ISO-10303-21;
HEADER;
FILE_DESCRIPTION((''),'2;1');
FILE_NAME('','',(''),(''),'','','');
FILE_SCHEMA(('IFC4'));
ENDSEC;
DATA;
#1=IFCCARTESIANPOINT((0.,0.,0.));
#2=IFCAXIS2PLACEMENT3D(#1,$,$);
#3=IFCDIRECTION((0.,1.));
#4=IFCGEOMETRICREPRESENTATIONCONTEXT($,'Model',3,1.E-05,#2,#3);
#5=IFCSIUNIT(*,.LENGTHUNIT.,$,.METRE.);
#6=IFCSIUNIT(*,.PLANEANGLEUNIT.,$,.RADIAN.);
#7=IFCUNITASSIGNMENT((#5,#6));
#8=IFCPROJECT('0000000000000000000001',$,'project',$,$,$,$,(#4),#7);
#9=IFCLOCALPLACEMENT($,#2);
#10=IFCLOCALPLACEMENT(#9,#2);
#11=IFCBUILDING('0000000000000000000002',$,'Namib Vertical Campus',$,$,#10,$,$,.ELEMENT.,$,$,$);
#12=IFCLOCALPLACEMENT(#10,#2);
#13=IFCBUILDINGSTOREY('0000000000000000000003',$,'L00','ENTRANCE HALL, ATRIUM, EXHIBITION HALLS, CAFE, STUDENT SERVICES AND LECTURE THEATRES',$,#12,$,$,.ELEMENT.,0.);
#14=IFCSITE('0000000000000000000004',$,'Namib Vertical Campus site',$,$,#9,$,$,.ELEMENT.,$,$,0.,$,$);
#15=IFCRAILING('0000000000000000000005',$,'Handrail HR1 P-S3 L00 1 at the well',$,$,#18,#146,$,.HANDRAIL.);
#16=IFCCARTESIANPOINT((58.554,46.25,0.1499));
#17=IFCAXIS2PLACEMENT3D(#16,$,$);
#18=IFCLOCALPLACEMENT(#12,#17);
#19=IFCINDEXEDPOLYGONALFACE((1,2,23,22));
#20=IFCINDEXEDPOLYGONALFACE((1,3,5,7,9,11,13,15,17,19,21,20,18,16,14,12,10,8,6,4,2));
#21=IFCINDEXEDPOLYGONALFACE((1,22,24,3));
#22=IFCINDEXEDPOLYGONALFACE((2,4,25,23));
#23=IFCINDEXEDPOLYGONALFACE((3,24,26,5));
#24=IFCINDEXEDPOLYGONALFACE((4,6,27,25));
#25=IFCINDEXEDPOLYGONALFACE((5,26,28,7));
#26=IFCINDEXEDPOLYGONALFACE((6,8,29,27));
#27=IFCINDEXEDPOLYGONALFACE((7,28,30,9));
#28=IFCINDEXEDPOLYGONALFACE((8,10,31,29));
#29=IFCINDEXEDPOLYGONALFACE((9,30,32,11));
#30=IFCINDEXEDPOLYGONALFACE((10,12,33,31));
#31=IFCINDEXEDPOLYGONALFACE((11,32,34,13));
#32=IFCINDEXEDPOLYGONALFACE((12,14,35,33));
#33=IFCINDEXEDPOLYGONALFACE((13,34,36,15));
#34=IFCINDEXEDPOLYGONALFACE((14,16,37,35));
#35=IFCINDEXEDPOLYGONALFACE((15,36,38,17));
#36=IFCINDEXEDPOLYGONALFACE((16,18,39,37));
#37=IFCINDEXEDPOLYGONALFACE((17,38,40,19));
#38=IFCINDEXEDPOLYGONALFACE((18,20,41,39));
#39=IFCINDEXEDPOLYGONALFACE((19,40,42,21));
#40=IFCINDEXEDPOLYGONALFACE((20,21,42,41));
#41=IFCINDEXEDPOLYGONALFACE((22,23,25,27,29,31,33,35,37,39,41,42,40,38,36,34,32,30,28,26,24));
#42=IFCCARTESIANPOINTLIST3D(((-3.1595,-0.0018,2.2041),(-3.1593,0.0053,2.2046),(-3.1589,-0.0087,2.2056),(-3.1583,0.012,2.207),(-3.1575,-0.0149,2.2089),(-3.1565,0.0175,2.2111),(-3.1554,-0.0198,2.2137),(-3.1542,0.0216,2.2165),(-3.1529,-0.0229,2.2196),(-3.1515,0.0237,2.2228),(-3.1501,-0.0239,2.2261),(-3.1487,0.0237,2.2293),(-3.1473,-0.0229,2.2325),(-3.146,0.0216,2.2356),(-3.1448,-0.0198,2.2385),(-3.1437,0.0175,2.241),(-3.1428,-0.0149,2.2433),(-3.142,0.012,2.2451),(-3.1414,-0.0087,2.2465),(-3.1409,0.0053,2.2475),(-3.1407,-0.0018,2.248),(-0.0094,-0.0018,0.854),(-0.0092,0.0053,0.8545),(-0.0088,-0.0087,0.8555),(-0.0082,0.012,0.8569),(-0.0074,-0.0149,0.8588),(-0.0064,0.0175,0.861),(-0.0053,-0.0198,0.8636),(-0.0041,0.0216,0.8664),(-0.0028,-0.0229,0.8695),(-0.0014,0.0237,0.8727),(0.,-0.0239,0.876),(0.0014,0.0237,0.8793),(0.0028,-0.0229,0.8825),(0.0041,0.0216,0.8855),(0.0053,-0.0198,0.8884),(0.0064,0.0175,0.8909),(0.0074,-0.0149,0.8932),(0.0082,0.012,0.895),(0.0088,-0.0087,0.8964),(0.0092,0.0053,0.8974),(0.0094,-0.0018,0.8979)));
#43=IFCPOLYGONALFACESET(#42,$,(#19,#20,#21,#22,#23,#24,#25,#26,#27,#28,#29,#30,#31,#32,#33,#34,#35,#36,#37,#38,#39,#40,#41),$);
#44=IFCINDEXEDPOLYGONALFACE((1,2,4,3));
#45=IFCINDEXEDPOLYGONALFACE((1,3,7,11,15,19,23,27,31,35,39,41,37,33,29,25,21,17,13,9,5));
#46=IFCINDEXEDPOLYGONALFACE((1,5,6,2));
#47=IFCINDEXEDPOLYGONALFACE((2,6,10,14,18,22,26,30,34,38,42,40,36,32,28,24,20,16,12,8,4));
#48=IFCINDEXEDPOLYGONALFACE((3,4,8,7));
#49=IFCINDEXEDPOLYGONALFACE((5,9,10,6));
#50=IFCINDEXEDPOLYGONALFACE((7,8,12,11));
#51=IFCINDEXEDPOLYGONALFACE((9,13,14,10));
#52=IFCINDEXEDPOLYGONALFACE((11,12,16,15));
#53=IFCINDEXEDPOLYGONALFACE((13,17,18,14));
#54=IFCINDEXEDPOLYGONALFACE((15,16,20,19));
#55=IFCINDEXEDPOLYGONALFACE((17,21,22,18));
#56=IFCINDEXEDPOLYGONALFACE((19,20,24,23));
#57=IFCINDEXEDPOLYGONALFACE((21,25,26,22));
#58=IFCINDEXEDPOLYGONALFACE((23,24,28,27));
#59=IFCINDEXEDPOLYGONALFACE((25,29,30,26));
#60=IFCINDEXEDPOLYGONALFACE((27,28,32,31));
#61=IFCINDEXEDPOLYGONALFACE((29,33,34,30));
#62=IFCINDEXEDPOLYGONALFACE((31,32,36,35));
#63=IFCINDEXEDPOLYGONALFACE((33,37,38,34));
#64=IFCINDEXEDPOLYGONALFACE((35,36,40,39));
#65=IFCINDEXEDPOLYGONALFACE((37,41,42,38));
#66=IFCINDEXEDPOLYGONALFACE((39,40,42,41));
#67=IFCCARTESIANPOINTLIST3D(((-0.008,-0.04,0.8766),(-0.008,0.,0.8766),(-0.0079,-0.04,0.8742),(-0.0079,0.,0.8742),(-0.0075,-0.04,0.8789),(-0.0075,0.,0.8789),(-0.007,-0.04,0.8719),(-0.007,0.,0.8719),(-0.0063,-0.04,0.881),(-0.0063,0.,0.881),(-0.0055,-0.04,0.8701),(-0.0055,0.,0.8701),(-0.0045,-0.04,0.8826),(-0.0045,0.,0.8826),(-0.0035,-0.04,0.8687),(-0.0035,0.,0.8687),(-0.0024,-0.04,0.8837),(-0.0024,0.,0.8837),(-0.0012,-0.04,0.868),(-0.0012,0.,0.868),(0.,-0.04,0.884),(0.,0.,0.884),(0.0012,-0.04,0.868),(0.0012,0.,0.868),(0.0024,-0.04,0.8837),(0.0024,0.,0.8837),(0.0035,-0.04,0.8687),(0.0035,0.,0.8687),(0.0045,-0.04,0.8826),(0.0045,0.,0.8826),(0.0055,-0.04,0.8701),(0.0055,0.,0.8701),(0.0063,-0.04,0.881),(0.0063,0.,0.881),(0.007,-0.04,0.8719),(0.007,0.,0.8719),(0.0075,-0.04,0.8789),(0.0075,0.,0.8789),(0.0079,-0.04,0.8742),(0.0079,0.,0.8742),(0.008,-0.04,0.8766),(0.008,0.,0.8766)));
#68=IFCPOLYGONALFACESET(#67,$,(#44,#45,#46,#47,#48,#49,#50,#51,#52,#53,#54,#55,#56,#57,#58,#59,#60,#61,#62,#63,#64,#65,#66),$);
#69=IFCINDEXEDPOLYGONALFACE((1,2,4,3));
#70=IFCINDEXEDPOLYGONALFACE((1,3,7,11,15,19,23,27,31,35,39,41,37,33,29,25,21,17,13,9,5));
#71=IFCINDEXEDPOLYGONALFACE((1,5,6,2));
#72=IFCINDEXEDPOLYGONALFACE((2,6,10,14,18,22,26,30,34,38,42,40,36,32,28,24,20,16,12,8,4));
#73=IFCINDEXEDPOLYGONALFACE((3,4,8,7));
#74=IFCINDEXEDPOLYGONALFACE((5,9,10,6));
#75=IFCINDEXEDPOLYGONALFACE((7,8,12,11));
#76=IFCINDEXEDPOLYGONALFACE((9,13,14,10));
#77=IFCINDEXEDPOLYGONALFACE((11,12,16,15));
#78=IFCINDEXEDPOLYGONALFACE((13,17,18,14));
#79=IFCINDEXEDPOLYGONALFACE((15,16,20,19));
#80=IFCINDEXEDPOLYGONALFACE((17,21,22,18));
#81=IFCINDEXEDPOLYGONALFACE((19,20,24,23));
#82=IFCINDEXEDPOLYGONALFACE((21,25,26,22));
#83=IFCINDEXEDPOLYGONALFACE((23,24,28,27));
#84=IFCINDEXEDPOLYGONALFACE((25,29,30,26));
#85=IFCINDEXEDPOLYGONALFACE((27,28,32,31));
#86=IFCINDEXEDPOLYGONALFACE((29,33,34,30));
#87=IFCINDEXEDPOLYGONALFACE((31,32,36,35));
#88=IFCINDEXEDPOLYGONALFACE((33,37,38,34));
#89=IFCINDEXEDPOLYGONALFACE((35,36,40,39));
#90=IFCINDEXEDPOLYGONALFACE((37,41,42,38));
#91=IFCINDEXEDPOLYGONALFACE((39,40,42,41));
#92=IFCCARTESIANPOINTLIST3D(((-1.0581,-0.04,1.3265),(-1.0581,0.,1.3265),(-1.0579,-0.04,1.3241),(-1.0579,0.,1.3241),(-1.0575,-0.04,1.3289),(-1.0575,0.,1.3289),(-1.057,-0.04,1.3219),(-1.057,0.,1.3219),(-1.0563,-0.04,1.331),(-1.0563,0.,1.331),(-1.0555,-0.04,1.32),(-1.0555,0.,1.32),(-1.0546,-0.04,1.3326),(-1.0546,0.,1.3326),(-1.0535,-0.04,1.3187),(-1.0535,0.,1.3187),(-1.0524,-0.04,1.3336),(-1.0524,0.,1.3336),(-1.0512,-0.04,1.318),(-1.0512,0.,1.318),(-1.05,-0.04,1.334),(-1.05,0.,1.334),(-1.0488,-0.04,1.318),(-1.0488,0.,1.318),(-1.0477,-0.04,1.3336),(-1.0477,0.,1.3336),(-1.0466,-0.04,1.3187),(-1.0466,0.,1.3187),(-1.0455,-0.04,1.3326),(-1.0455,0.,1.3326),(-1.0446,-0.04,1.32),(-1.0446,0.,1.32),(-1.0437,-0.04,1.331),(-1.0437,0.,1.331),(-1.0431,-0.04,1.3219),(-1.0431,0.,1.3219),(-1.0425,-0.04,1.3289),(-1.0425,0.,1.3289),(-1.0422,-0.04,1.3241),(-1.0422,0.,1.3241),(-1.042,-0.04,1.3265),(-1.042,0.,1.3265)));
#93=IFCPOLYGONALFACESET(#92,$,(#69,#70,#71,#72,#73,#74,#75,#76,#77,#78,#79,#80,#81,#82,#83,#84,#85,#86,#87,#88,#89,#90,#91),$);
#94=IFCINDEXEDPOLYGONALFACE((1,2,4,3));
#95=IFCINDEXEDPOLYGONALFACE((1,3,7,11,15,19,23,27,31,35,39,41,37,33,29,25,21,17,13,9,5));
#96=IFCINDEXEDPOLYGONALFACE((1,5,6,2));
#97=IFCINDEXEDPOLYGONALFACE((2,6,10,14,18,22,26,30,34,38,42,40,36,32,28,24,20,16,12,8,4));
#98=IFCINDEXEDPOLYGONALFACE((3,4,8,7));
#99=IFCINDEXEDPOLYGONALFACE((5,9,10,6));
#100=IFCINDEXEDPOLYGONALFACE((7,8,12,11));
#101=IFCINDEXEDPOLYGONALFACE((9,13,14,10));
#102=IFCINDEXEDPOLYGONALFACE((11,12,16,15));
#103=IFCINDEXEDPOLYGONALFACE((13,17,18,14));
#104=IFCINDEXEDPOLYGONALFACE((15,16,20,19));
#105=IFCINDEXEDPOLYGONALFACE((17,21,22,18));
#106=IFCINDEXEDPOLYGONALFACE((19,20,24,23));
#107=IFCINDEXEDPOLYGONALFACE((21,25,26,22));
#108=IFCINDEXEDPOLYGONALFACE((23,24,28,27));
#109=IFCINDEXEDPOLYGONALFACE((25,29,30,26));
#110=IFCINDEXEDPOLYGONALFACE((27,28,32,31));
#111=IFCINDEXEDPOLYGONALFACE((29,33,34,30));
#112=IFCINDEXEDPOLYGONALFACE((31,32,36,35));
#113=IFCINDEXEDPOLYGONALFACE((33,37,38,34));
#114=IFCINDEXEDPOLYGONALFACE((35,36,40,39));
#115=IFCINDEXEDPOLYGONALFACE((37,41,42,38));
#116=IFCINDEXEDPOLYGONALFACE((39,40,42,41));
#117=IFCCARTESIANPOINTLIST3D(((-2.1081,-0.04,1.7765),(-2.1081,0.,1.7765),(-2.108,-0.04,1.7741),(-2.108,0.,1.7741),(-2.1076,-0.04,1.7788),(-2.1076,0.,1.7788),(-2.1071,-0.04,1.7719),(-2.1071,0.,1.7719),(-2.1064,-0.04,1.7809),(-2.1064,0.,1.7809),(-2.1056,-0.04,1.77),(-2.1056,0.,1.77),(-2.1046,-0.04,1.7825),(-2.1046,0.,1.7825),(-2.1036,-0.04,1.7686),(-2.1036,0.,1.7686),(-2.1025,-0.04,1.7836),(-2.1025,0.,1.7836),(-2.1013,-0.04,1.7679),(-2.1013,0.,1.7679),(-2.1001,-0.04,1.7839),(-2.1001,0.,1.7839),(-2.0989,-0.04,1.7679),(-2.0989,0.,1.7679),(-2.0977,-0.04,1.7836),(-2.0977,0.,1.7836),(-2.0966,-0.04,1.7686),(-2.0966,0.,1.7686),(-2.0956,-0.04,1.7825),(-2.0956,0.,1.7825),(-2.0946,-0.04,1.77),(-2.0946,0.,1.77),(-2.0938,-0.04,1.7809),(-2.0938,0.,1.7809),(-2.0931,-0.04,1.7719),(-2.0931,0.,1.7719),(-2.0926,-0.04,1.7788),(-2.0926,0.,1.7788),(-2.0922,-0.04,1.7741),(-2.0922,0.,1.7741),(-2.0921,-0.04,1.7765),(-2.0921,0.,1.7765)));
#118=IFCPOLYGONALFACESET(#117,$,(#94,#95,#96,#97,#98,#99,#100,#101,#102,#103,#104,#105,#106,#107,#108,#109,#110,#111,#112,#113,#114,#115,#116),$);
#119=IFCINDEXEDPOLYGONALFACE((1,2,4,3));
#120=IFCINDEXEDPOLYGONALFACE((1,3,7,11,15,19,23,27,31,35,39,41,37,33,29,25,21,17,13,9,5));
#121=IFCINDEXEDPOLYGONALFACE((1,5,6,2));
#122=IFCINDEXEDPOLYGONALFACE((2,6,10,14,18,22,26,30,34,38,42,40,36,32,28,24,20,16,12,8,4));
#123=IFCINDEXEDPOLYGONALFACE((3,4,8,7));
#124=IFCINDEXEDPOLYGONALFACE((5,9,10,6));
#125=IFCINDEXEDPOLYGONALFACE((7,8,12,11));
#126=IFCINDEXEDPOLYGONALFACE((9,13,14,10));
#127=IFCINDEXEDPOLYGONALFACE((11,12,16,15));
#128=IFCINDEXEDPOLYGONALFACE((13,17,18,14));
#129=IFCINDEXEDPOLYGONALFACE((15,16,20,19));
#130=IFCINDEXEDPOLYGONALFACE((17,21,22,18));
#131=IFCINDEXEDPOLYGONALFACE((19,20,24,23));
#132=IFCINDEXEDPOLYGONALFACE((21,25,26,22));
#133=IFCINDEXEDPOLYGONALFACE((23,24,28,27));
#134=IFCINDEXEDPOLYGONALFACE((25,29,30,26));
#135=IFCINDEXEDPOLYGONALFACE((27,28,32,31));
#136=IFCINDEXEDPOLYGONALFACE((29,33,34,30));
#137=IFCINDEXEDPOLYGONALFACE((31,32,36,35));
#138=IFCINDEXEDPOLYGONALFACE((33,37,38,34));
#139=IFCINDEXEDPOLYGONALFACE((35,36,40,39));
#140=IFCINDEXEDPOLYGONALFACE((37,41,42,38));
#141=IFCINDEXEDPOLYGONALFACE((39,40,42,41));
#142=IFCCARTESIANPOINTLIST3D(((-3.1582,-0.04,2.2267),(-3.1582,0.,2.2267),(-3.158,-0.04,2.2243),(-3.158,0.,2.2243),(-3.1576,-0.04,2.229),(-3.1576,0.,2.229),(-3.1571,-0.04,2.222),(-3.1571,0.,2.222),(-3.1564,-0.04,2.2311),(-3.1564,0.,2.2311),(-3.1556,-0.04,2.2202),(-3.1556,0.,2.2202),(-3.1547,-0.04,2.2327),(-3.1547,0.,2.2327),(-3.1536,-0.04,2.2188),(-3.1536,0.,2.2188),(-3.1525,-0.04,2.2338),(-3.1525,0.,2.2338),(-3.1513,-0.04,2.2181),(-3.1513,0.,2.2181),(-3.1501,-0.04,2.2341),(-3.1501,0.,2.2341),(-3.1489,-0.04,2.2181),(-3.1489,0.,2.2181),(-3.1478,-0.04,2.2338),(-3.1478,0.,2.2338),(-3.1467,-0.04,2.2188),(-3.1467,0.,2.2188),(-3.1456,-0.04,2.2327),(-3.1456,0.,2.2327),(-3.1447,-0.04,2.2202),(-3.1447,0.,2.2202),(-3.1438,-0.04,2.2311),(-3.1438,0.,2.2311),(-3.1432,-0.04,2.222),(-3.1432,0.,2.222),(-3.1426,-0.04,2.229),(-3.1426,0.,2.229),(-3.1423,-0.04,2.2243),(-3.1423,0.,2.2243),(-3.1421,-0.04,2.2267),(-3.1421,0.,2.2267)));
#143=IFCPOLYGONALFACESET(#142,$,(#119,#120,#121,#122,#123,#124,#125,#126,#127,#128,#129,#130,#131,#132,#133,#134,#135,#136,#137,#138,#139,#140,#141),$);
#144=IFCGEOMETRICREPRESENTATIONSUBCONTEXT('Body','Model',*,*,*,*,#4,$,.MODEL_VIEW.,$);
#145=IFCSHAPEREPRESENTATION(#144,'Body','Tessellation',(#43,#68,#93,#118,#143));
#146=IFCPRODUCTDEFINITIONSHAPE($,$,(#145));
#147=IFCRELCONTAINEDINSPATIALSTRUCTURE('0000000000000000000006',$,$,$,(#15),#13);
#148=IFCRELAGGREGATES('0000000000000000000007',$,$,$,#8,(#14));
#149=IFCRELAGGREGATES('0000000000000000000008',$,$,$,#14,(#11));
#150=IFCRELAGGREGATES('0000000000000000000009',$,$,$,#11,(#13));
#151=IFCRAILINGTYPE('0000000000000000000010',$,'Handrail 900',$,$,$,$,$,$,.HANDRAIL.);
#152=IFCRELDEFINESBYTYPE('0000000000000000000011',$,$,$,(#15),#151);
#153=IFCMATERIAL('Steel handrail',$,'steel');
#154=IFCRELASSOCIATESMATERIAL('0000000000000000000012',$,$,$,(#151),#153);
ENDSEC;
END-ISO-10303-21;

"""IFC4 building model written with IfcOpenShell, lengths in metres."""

from ifc_helpers import new_model, si_unit, direction, frame, origin, origin_2d, place, context, subcontext, project, spatial, circle, extrude, material, type_object, element, save


model = new_model("IFC4")

# Units and contexts
model_context = context("Model", 3, precision=1e-05, world=origin(), true_north=direction((0.0, 1.0)))
body_context = subcontext(model_context, "Body", "Model", "MODEL_VIEW")
ifc_project = project(units=[si_unit("LENGTHUNIT", "METRE"), si_unit("PLANEANGLEUNIT", "RADIAN")], contexts=[model_context])

# Site, building, storey
site_placement = place(None, origin())
site = spatial("IfcSite", under=ifc_project, at=site_placement, Name="Namib Vertical Campus site", CompositionType="ELEMENT", RefElevation=0.0)
building_placement = place(site_placement, origin())
building = spatial("IfcBuilding", under=site, at=building_placement, Name="Namib Vertical Campus", CompositionType="ELEMENT")
storey_placement = place(building_placement, origin())
storey = spatial("IfcBuildingStorey", under=building, at=storey_placement, Name="L00", Description="ENTRANCE HALL, ATRIUM, EXHIBITION HALLS, CAFE, STUDENT SERVICES AND LECTURE THEATRES", CompositionType="ELEMENT", Elevation=0.0)

# Railing
ifc_material_1 = material(Name="Steel handrail", Category="steel")
railing_type_1 = type_object("IfcRailingType", Name="Handrail 900", PredefinedType="HANDRAIL", material=ifc_material_1)
railing_1_placement = place(storey_placement, frame((58.554, 46.25, 0.1499)))
element("IfcRailing", 1, at=railing_1_placement, inside=storey, type_object=railing_type_1, Name="Handrail HR1 P-S3 L00 1 at the well", PredefinedType="HANDRAIL", context=body_context, shape_type="SweptSolid", body=[
    extrude(circle(Radius=0.0239, at=origin_2d()), frame((0.0, 0.0, 0.876), z_axis=(-0.919141, 0.0, 0.393928), x_axis=(0.0, -1.0, 0.0)), (0.0, 0.0, 1.0), 3.4272),
    extrude(circle(Radius=0.0081, at=origin_2d()), frame((0.0, 0.0, 0.876), z_axis=(0.0, -1.0, 0.0), x_axis=(0.0, 0.0, 1.0)), (0.0, 0.0, 1.0), 0.04),
    extrude(circle(Radius=0.0081, at=origin_2d()), frame((-1.05, 0.0, 1.3259), z_axis=(0.0, -1.0, 0.0), x_axis=(0.0, 0.0, 1.0)), (0.0, 0.0, 1.0), 0.04),
    extrude(circle(Radius=0.0081, at=origin_2d()), frame((-2.1001, 0.0, 1.7759), z_axis=(0.0, -1.0, 0.0), x_axis=(0.0, 0.0, 1.0)), (0.0, 0.0, 1.0), 0.04),
    extrude(circle(Radius=0.0081, at=origin_2d()), frame((-3.1501, 0.0, 2.2261), z_axis=(0.0, -1.0, 0.0), x_axis=(0.0, 0.0, 1.0)), (0.0, 0.0, 1.0), 0.04),
])

save(model, "model.ifc")
